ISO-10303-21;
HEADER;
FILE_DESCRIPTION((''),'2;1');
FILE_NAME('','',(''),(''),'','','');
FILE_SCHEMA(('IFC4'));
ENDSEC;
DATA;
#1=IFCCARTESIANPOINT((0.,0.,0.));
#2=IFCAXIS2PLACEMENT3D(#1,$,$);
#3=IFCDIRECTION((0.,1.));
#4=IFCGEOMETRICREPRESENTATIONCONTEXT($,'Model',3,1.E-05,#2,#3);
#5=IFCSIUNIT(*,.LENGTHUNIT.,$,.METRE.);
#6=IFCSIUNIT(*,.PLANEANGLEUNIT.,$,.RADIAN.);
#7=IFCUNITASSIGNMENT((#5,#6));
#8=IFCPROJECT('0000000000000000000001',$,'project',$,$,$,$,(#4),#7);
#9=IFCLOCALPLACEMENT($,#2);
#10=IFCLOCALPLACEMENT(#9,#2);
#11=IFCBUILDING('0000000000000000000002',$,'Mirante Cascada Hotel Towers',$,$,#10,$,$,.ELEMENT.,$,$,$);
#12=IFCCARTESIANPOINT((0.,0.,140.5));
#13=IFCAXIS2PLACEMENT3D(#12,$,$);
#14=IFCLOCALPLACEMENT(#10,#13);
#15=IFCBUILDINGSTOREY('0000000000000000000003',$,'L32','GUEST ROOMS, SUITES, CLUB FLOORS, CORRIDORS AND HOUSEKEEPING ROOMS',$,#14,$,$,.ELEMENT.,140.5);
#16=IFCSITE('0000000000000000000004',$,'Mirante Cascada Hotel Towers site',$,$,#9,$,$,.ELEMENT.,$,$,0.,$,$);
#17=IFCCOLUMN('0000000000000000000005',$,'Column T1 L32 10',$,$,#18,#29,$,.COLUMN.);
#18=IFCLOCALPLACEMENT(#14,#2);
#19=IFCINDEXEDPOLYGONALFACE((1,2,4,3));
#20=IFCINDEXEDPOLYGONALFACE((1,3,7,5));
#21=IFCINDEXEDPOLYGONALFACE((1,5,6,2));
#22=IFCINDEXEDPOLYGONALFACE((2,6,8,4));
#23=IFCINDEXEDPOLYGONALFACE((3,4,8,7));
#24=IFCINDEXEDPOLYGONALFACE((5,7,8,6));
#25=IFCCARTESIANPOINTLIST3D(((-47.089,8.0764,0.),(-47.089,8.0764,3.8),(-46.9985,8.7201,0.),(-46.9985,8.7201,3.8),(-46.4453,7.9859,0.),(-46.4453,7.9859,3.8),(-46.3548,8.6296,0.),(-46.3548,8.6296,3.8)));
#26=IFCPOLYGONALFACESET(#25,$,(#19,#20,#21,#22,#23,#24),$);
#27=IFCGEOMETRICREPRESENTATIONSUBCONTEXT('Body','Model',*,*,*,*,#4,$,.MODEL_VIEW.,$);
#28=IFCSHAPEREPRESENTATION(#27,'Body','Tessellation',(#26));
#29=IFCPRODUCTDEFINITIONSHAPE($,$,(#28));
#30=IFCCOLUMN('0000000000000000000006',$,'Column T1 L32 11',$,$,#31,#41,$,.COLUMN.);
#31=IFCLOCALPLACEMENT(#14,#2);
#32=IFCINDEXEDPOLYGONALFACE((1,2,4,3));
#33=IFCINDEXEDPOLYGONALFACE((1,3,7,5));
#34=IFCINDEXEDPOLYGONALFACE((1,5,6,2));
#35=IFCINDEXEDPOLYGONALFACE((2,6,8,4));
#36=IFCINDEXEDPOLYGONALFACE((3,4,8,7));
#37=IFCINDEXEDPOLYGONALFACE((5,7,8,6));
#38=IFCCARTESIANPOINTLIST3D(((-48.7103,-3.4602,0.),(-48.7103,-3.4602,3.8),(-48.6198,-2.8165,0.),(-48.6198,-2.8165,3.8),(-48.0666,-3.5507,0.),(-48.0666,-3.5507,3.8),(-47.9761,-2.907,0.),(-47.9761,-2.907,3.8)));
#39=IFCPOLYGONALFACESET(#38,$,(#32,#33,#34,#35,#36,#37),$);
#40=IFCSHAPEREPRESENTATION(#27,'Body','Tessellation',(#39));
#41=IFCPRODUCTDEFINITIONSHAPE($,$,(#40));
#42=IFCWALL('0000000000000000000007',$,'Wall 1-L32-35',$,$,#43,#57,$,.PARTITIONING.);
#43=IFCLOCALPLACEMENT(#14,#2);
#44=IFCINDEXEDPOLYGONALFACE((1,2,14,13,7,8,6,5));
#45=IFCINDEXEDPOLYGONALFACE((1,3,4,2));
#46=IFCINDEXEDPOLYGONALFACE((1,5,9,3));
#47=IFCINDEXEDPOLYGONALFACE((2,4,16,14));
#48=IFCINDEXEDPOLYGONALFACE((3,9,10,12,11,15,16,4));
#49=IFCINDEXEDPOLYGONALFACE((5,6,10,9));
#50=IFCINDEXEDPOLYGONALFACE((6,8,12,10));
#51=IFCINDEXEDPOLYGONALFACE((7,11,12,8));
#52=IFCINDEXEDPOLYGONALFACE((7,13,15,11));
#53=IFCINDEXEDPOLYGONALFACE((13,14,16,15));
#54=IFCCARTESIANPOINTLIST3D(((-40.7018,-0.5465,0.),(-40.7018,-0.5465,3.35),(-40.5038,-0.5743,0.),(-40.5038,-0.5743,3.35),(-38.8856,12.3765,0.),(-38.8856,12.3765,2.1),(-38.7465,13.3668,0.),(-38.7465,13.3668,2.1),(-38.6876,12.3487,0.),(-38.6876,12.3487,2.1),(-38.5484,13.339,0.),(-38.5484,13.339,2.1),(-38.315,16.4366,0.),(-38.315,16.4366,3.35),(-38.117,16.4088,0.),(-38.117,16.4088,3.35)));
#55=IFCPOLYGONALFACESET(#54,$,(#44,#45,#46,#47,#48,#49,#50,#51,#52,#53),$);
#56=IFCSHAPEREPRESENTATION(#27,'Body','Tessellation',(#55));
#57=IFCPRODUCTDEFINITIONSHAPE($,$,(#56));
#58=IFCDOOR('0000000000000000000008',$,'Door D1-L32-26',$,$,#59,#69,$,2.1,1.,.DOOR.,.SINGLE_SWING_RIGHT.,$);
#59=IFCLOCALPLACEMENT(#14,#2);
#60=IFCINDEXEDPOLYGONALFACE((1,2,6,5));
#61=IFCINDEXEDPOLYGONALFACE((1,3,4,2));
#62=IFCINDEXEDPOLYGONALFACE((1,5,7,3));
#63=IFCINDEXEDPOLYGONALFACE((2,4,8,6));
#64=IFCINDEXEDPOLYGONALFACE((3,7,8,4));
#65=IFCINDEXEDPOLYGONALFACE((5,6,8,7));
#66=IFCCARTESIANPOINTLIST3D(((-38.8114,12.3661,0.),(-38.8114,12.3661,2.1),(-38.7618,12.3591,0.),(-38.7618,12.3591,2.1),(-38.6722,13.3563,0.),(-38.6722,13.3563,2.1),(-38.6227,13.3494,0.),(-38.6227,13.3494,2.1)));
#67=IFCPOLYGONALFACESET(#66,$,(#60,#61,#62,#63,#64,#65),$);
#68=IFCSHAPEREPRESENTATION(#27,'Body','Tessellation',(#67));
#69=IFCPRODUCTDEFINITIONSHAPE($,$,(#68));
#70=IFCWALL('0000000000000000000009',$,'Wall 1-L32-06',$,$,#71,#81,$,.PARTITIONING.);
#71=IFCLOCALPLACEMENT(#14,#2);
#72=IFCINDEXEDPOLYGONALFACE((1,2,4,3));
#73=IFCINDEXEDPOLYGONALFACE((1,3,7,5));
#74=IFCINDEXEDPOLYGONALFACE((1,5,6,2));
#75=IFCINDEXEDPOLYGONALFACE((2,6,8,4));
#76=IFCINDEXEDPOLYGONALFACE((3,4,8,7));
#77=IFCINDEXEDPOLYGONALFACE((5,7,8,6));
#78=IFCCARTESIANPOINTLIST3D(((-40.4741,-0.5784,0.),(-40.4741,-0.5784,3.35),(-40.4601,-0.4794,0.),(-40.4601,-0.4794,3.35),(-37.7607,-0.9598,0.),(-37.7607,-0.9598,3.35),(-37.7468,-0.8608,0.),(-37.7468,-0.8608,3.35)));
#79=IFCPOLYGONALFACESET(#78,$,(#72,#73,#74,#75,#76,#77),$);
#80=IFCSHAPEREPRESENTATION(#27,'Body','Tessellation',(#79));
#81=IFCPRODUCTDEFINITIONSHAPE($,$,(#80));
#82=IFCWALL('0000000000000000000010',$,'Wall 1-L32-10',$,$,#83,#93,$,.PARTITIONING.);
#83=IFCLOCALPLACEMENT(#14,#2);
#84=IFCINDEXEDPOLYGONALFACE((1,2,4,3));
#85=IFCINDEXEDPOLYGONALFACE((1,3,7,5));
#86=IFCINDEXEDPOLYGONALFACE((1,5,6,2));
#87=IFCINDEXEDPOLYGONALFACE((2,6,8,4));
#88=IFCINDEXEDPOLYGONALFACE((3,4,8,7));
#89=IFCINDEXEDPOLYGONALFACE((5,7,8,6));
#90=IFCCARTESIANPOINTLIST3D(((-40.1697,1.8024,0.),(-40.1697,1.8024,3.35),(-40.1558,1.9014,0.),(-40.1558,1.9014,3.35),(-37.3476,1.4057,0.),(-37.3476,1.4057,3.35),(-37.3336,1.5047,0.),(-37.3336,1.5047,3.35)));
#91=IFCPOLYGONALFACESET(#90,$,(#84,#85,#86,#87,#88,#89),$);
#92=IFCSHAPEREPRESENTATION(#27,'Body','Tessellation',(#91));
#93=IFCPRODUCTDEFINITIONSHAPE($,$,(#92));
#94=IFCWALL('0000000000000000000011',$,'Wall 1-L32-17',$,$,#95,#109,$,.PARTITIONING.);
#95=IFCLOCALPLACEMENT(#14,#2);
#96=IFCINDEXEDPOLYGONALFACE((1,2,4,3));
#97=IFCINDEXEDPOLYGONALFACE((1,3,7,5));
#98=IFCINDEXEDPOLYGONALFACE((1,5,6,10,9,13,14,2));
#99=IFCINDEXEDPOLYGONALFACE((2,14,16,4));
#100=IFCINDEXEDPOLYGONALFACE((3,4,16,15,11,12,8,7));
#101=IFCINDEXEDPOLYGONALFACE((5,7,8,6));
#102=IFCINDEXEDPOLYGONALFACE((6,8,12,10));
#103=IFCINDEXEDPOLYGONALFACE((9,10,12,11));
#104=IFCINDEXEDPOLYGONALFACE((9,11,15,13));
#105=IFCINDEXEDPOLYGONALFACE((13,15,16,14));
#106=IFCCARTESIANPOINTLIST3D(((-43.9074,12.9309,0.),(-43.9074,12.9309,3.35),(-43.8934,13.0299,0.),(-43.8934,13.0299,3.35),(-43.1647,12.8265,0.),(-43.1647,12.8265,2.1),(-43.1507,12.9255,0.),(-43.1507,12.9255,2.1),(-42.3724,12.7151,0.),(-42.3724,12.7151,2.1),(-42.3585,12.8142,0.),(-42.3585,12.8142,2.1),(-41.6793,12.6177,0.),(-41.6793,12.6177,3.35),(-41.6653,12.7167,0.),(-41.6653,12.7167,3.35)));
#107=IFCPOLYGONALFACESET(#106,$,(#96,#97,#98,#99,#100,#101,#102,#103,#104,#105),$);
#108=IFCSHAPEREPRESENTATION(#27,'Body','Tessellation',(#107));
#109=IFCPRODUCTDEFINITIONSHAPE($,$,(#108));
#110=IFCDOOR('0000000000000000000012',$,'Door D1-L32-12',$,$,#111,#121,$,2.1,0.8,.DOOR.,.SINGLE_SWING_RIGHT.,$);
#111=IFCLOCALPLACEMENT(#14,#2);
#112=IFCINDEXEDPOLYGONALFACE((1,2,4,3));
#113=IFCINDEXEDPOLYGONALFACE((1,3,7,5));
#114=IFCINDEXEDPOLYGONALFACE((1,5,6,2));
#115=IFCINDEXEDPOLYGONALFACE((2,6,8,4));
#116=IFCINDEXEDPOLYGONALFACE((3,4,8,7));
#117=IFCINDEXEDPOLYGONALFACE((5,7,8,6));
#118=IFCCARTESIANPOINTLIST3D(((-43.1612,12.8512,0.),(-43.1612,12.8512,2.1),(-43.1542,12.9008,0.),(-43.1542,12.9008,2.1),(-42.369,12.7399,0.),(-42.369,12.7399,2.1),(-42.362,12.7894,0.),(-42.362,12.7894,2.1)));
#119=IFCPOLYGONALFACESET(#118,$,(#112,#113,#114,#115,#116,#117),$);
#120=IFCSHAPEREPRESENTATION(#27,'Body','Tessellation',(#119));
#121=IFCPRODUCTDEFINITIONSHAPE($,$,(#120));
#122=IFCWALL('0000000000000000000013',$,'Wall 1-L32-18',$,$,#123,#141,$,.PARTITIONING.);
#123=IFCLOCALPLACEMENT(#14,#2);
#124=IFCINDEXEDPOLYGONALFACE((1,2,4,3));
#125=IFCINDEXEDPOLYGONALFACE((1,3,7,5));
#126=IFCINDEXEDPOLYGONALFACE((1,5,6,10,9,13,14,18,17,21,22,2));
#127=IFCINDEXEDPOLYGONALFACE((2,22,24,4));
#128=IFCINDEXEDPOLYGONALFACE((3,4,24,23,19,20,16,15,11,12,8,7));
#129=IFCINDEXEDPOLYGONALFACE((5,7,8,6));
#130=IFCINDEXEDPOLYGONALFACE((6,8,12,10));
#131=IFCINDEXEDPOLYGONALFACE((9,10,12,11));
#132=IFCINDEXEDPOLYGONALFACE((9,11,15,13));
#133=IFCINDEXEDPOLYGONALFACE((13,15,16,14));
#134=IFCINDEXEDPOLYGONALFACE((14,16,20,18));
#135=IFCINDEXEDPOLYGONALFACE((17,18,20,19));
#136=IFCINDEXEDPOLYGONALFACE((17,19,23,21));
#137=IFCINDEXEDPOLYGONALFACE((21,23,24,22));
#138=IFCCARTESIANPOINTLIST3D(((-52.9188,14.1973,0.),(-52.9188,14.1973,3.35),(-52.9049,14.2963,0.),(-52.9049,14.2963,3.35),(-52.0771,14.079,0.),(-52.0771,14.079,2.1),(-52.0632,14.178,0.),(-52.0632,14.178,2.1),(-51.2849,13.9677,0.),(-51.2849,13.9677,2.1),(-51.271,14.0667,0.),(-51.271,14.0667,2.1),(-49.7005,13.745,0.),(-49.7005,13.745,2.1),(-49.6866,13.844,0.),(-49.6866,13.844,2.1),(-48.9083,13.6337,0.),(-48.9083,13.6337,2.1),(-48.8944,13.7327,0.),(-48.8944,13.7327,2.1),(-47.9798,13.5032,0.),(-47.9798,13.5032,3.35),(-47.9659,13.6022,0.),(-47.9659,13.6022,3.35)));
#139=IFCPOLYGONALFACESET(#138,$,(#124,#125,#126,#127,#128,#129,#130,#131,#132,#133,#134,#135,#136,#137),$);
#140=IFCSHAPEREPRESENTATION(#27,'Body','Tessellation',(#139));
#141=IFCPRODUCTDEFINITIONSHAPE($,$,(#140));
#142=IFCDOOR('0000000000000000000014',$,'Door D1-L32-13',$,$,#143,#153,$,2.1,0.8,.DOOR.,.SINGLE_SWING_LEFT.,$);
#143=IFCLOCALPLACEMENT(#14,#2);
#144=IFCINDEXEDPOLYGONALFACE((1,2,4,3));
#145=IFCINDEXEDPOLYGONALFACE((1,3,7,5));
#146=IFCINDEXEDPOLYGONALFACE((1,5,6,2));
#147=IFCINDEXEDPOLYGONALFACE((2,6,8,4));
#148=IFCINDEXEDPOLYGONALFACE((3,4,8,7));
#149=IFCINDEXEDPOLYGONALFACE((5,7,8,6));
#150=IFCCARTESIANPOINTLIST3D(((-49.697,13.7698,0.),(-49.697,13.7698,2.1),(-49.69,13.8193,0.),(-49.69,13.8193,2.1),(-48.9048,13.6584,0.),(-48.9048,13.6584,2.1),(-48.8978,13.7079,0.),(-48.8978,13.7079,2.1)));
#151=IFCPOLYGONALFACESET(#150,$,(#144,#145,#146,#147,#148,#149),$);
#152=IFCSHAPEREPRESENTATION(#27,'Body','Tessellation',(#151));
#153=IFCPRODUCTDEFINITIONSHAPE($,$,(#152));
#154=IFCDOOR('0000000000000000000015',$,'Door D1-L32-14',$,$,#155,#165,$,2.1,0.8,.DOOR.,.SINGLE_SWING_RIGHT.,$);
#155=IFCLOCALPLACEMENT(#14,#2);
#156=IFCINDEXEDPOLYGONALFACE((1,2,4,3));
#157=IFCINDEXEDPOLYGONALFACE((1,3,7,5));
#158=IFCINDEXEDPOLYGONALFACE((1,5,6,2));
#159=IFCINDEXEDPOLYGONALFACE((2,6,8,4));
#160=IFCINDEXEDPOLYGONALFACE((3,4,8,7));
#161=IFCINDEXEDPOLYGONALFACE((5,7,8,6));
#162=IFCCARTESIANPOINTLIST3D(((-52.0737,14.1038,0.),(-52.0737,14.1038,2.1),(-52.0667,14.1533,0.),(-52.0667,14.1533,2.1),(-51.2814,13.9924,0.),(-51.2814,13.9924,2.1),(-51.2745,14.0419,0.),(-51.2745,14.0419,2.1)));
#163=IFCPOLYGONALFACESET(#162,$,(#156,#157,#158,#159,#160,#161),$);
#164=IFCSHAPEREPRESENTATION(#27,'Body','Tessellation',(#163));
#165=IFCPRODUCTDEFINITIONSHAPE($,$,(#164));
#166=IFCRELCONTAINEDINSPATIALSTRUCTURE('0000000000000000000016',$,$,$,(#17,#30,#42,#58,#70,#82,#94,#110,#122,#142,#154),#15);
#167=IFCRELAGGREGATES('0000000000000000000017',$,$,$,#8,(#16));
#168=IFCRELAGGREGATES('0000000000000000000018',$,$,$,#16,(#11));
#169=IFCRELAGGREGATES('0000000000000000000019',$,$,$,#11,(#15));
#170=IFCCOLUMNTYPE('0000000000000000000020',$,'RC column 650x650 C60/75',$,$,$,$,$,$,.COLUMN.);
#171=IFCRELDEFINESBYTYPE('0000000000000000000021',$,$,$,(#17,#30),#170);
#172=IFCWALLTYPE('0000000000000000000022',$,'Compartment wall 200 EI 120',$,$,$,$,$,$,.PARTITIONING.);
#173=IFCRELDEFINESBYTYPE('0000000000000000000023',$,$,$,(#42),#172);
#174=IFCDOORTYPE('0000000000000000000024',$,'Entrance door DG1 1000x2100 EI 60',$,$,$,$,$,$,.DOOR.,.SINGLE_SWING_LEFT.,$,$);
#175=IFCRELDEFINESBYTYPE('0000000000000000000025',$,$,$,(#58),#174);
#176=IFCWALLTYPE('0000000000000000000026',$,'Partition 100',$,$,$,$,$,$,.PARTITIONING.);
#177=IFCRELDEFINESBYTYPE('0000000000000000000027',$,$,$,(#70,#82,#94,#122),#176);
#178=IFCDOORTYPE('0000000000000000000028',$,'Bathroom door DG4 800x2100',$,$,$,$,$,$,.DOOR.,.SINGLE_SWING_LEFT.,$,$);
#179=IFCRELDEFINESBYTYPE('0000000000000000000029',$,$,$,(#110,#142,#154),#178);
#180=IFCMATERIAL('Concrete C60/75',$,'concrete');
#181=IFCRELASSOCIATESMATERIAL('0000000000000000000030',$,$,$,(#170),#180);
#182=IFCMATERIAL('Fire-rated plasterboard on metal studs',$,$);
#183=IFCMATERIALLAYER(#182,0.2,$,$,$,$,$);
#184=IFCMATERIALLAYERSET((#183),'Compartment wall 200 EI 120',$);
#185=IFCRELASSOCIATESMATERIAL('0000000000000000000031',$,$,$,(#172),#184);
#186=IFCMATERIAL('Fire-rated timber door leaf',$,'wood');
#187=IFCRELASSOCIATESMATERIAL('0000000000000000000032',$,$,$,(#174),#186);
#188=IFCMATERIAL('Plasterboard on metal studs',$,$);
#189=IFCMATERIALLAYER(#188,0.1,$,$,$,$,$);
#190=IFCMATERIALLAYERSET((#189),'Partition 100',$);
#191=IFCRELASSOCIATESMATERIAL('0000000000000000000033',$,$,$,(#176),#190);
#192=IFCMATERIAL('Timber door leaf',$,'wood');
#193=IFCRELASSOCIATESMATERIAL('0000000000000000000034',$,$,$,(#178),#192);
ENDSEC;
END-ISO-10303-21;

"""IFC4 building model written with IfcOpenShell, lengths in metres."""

from ifc_helpers import new_model, si_unit, direction, frame, frame_2d, origin, origin_2d, place, context, subcontext, project, spatial, rectangle, extrude, material, layer, layer_set, material_profile, profile_set, type_object, element, fill, save


model = new_model("IFC4")

# Units and contexts
model_context = context("Model", 3, precision=1e-05, world=origin(), true_north=direction((0.0, 1.0)))
body_context = subcontext(model_context, "Body", "Model", "MODEL_VIEW")
ifc_project = project(units=[si_unit("LENGTHUNIT", "METRE"), si_unit("PLANEANGLEUNIT", "RADIAN")], contexts=[model_context])

# Site, building, storey
site_placement = place(None, origin())
site = spatial("IfcSite", under=ifc_project, at=site_placement, Name="Mirante Cascada Hotel Towers site", CompositionType="ELEMENT", RefElevation=0.0)
building_placement = place(site_placement, origin())
building = spatial("IfcBuilding", under=site, at=building_placement, Name="Mirante Cascada Hotel Towers", CompositionType="ELEMENT")
storey_placement = place(building_placement, frame((0.0, 0.0, 140.5)))
storey = spatial("IfcBuildingStorey", under=building, at=storey_placement, Name="L32", Description="GUEST ROOMS, SUITES, CLUB FLOORS, CORRIDORS AND HOUSEKEEPING ROOMS", CompositionType="ELEMENT", Elevation=140.5)

# Columns
ifc_material_1 = material(Name="Concrete C60/75", Category="concrete")
ifc_material_profile = material_profile(ifc_material_1, rectangle(XDim=0.65, YDim=0.65, at=origin_2d()), Name="RC column 650x650 C60/75")
ifc_profile_set = profile_set([ifc_material_profile], Name="Concrete C60/75")
column_type = type_object("IfcColumnType", Name="RC column 650x650 C60/75", PredefinedType="COLUMN", material=ifc_profile_set)
for number, where, z_axis, x_axis, name in (
    (1, (-46.7219, 8.353, 0.0), (0.0, 0.0, 1.0), (-0.990268, 0.139173, 0.0), "Column T1 L32 10"),
    (2, (-48.3432, -3.1836, 0.0), (0.0, 0.0, 1.0), (-0.990268, 0.139173, 0.0), "Column T1 L32 11"),
):
    element("IfcColumn", number, at=place(storey_placement, frame(where, z_axis=z_axis, x_axis=x_axis)), inside=storey, type_object=column_type, Name=name, PredefinedType="COLUMN", context=body_context, shape_type="SweptSolid", body=[
        extrude(rectangle(XDim=0.65, YDim=0.65, at=origin_2d()), origin(), (0.0, 0.0, 1.0), 3.8),
    ])

# Wall, opening, door
ifc_material_2 = material(Name="Fire-rated plasterboard on metal studs")
ifc_layer_1 = layer(ifc_material_2, 0.2)
ifc_layer_set_1 = layer_set([ifc_layer_1], Name="Compartment wall 200 EI 120")
wall_type_1 = type_object("IfcWallType", Name="Compartment wall 200 EI 120", PredefinedType="PARTITIONING", material=ifc_layer_set_1)
wall_1_placement = place(storey_placement, frame((-40.6028, -0.5604, 0.0), z_axis=(0.0, 0.0, 1.0), x_axis=(0.139172, 0.990268, 0.0)))
wall_1 = element("IfcWall", 3, at=wall_1_placement, inside=storey, type_object=wall_type_1, Name="Wall 1-L32-35", PredefinedType="PARTITIONING", context=body_context, shape_type="SweptSolid", body=[
    extrude(rectangle(XDim=17.15, YDim=0.2, at=frame_2d((8.575, 0.0))), origin(), (0.0, 0.0, 1.0), 3.35),
])
opening_1_placement = place(wall_1_placement, frame((13.05, 0.0, 0.0)))
opening_1 = element("IfcOpeningElement", 4, at=opening_1_placement, cuts=wall_1, PredefinedType="OPENING", context=body_context, shape_type="SweptSolid", body=[
    extrude(rectangle(XDim=1.0, YDim=2.1, at=frame_2d((0.5, 1.05))), frame((0.0, 0.1, 0.0), z_axis=(0.0, -1.0, 0.0), x_axis=(1.0, 0.0, 0.0)), (0.0, 0.0, 1.0), 0.2),
])
ifc_material_3 = material(Name="Fire-rated timber door leaf", Category="wood")
door_type_1 = type_object("IfcDoorType", Name="Entrance door DG1 1000x2100 EI 60", OperationType="SINGLE_SWING_LEFT", PredefinedType="DOOR", material=ifc_material_3)
door_1_placement = place(opening_1_placement, frame((1.0, 0.0, 0.0), z_axis=(0.0, 0.0, 1.0), x_axis=(-1.0, 0.0, 0.0)))
door_1 = element("IfcDoor", 5, at=door_1_placement, inside=storey, type_object=door_type_1, Name="Door D1-L32-26", OperationType="SINGLE_SWING_RIGHT", OverallHeight=2.1, OverallWidth=1.0, PredefinedType="DOOR", context=body_context, shape_type="SweptSolid", body=[
    extrude(rectangle(XDim=1.0, YDim=2.1, at=frame_2d((0.5, 1.05))), frame((0.0, 0.025, 0.0), z_axis=(0.0, -1.0, 0.0), x_axis=(1.0, 0.0, 0.0)), (0.0, 0.0, 1.0), 0.05),
])
fill(opening_1, door_1)

# Walls
ifc_material_4 = material(Name="Plasterboard on metal studs")
ifc_layer_2 = layer(ifc_material_4, 0.1)
ifc_layer_set_2 = layer_set([ifc_layer_2], Name="Partition 100")
wall_type_2 = type_object("IfcWallType", Name="Partition 100", PredefinedType="PARTITIONING", material=ifc_layer_set_2)
wall_2_placement = place(storey_placement, frame((-40.4671, -0.5289, 0.0), z_axis=(0.0, 0.0, 1.0), x_axis=(0.990264, -0.139198, 0.0)))
element("IfcWall", 6, at=wall_2_placement, inside=storey, type_object=wall_type_2, Name="Wall 1-L32-06", PredefinedType="PARTITIONING", context=body_context, shape_type="SweptSolid", body=[
    extrude(rectangle(XDim=2.74, YDim=0.1, at=frame_2d((1.37, 0.0))), origin(), (0.0, 0.0, 1.0), 3.35),
])
wall_3_placement = place(storey_placement, frame((-40.1628, 1.8519, 0.0), z_axis=(0.0, 0.0, 1.0), x_axis=(0.990265, -0.139196, 0.0)))
element("IfcWall", 7, at=wall_3_placement, inside=storey, type_object=wall_type_2, Name="Wall 1-L32-10", PredefinedType="PARTITIONING", context=body_context, shape_type="SweptSolid", body=[
    extrude(rectangle(XDim=2.8499, YDim=0.1, at=frame_2d((1.425, 0.0))), origin(), (0.0, 0.0, 1.0), 3.35),
])

# Wall, opening, door
wall_4_placement = place(storey_placement, frame((-41.6723, 12.6672, 0.0), z_axis=(0.0, 0.0, 1.0), x_axis=(-0.990264, 0.1392, 0.0)))
wall_4 = element("IfcWall", 8, at=wall_4_placement, inside=storey, type_object=wall_type_2, Name="Wall 1-L32-17", PredefinedType="PARTITIONING", context=body_context, shape_type="SweptSolid", body=[
    extrude(rectangle(XDim=2.25, YDim=0.1, at=frame_2d((1.125, 0.0))), origin(), (0.0, 0.0, 1.0), 3.35),
])
opening_2_placement = place(wall_4_placement, frame((0.7, 0.0, 0.0)))
opening_2 = element("IfcOpeningElement", 9, at=opening_2_placement, cuts=wall_4, PredefinedType="OPENING", context=body_context, shape_type="SweptSolid", body=[
    extrude(rectangle(XDim=0.8, YDim=2.1, at=frame_2d((0.4, 1.05))), frame((0.0, 0.05, 0.0), z_axis=(0.0, -1.0, 0.0), x_axis=(1.0, 0.0, 0.0)), (0.0, 0.0, 1.0), 0.1),
])
ifc_material_5 = material(Name="Timber door leaf", Category="wood")
door_type_2 = type_object("IfcDoorType", Name="Bathroom door DG4 800x2100", OperationType="SINGLE_SWING_LEFT", PredefinedType="DOOR", material=ifc_material_5)
door_2_placement = place(opening_2_placement, frame((0.8, 0.0, 0.0), z_axis=(0.0, 0.0, 1.0), x_axis=(-1.0, 0.0, 0.0)))
door_2 = element("IfcDoor", 10, at=door_2_placement, inside=storey, type_object=door_type_2, Name="Door D1-L32-12", OperationType="SINGLE_SWING_RIGHT", OverallHeight=2.1, OverallWidth=0.8, PredefinedType="DOOR", context=body_context, shape_type="SweptSolid", body=[
    extrude(rectangle(XDim=0.8, YDim=2.1, at=frame_2d((0.4, 1.05))), frame((0.0, 0.025, 0.0), z_axis=(0.0, -1.0, 0.0), x_axis=(1.0, 0.0, 0.0)), (0.0, 0.0, 1.0), 0.05),
])
fill(opening_2, door_2)

# Wall, openings, doors
wall_5_placement = place(storey_placement, frame((-52.9119, 14.2468, 0.0), z_axis=(0.0, 0.0, 1.0), x_axis=(0.990269, -0.139167, 0.0)))
wall_5 = element("IfcWall", 11, at=wall_5_placement, inside=storey, type_object=wall_type_2, Name="Wall 1-L32-18", PredefinedType="PARTITIONING", context=body_context, shape_type="SweptSolid", body=[
    extrude(rectangle(XDim=4.9875, YDim=0.1, at=frame_2d((2.4938, 0.0))), origin(), (0.0, 0.0, 1.0), 3.35),
])
opening_3_placement = place(wall_5_placement, frame((3.25, 0.0, 0.0)))
opening_3 = element("IfcOpeningElement", 12, at=opening_3_placement, cuts=wall_5, PredefinedType="OPENING", context=body_context, shape_type="SweptSolid", body=[
    extrude(rectangle(XDim=0.8, YDim=2.1, at=frame_2d((0.4, 1.05))), frame((0.0, 0.05, 0.0), z_axis=(0.0, -1.0, 0.0), x_axis=(1.0, 0.0, 0.0)), (0.0, 0.0, 1.0), 0.1),
])
opening_4_placement = place(wall_5_placement, frame((0.85, 0.0, 0.0)))
opening_4 = element("IfcOpeningElement", 13, at=opening_4_placement, cuts=wall_5, PredefinedType="OPENING", context=body_context, shape_type="SweptSolid", body=[
    extrude(rectangle(XDim=0.8, YDim=2.1, at=frame_2d((0.4, 1.05))), frame((0.0, 0.05, 0.0), z_axis=(0.0, -1.0, 0.0), x_axis=(1.0, 0.0, 0.0)), (0.0, 0.0, 1.0), 0.1),
])
door_3_placement = place(opening_3_placement, origin())
door_3 = element("IfcDoor", 14, at=door_3_placement, inside=storey, type_object=door_type_2, Name="Door D1-L32-13", OperationType="SINGLE_SWING_LEFT", OverallHeight=2.1, OverallWidth=0.8, PredefinedType="DOOR", context=body_context, shape_type="SweptSolid", body=[
    extrude(rectangle(XDim=0.8, YDim=2.1, at=frame_2d((0.4, 1.05))), frame((0.0, 0.025, 0.0), z_axis=(0.0, -1.0, 0.0), x_axis=(1.0, 0.0, 0.0)), (0.0, 0.0, 1.0), 0.05),
])
fill(opening_3, door_3)
door_4_placement = place(opening_4_placement, frame((0.8, 0.0, 0.0), z_axis=(0.0, 0.0, 1.0), x_axis=(-1.0, 0.0, 0.0)))
door_4 = element("IfcDoor", 15, at=door_4_placement, inside=storey, type_object=door_type_2, Name="Door D1-L32-14", OperationType="SINGLE_SWING_RIGHT", OverallHeight=2.1, OverallWidth=0.8, PredefinedType="DOOR", context=body_context, shape_type="SweptSolid", body=[
    extrude(rectangle(XDim=0.8, YDim=2.1, at=frame_2d((0.4, 1.05))), frame((0.0, 0.025, 0.0), z_axis=(0.0, -1.0, 0.0), x_axis=(1.0, 0.0, 0.0)), (0.0, 0.0, 1.0), 0.05),
])
fill(opening_4, door_4)

save(model, "model.ifc")
